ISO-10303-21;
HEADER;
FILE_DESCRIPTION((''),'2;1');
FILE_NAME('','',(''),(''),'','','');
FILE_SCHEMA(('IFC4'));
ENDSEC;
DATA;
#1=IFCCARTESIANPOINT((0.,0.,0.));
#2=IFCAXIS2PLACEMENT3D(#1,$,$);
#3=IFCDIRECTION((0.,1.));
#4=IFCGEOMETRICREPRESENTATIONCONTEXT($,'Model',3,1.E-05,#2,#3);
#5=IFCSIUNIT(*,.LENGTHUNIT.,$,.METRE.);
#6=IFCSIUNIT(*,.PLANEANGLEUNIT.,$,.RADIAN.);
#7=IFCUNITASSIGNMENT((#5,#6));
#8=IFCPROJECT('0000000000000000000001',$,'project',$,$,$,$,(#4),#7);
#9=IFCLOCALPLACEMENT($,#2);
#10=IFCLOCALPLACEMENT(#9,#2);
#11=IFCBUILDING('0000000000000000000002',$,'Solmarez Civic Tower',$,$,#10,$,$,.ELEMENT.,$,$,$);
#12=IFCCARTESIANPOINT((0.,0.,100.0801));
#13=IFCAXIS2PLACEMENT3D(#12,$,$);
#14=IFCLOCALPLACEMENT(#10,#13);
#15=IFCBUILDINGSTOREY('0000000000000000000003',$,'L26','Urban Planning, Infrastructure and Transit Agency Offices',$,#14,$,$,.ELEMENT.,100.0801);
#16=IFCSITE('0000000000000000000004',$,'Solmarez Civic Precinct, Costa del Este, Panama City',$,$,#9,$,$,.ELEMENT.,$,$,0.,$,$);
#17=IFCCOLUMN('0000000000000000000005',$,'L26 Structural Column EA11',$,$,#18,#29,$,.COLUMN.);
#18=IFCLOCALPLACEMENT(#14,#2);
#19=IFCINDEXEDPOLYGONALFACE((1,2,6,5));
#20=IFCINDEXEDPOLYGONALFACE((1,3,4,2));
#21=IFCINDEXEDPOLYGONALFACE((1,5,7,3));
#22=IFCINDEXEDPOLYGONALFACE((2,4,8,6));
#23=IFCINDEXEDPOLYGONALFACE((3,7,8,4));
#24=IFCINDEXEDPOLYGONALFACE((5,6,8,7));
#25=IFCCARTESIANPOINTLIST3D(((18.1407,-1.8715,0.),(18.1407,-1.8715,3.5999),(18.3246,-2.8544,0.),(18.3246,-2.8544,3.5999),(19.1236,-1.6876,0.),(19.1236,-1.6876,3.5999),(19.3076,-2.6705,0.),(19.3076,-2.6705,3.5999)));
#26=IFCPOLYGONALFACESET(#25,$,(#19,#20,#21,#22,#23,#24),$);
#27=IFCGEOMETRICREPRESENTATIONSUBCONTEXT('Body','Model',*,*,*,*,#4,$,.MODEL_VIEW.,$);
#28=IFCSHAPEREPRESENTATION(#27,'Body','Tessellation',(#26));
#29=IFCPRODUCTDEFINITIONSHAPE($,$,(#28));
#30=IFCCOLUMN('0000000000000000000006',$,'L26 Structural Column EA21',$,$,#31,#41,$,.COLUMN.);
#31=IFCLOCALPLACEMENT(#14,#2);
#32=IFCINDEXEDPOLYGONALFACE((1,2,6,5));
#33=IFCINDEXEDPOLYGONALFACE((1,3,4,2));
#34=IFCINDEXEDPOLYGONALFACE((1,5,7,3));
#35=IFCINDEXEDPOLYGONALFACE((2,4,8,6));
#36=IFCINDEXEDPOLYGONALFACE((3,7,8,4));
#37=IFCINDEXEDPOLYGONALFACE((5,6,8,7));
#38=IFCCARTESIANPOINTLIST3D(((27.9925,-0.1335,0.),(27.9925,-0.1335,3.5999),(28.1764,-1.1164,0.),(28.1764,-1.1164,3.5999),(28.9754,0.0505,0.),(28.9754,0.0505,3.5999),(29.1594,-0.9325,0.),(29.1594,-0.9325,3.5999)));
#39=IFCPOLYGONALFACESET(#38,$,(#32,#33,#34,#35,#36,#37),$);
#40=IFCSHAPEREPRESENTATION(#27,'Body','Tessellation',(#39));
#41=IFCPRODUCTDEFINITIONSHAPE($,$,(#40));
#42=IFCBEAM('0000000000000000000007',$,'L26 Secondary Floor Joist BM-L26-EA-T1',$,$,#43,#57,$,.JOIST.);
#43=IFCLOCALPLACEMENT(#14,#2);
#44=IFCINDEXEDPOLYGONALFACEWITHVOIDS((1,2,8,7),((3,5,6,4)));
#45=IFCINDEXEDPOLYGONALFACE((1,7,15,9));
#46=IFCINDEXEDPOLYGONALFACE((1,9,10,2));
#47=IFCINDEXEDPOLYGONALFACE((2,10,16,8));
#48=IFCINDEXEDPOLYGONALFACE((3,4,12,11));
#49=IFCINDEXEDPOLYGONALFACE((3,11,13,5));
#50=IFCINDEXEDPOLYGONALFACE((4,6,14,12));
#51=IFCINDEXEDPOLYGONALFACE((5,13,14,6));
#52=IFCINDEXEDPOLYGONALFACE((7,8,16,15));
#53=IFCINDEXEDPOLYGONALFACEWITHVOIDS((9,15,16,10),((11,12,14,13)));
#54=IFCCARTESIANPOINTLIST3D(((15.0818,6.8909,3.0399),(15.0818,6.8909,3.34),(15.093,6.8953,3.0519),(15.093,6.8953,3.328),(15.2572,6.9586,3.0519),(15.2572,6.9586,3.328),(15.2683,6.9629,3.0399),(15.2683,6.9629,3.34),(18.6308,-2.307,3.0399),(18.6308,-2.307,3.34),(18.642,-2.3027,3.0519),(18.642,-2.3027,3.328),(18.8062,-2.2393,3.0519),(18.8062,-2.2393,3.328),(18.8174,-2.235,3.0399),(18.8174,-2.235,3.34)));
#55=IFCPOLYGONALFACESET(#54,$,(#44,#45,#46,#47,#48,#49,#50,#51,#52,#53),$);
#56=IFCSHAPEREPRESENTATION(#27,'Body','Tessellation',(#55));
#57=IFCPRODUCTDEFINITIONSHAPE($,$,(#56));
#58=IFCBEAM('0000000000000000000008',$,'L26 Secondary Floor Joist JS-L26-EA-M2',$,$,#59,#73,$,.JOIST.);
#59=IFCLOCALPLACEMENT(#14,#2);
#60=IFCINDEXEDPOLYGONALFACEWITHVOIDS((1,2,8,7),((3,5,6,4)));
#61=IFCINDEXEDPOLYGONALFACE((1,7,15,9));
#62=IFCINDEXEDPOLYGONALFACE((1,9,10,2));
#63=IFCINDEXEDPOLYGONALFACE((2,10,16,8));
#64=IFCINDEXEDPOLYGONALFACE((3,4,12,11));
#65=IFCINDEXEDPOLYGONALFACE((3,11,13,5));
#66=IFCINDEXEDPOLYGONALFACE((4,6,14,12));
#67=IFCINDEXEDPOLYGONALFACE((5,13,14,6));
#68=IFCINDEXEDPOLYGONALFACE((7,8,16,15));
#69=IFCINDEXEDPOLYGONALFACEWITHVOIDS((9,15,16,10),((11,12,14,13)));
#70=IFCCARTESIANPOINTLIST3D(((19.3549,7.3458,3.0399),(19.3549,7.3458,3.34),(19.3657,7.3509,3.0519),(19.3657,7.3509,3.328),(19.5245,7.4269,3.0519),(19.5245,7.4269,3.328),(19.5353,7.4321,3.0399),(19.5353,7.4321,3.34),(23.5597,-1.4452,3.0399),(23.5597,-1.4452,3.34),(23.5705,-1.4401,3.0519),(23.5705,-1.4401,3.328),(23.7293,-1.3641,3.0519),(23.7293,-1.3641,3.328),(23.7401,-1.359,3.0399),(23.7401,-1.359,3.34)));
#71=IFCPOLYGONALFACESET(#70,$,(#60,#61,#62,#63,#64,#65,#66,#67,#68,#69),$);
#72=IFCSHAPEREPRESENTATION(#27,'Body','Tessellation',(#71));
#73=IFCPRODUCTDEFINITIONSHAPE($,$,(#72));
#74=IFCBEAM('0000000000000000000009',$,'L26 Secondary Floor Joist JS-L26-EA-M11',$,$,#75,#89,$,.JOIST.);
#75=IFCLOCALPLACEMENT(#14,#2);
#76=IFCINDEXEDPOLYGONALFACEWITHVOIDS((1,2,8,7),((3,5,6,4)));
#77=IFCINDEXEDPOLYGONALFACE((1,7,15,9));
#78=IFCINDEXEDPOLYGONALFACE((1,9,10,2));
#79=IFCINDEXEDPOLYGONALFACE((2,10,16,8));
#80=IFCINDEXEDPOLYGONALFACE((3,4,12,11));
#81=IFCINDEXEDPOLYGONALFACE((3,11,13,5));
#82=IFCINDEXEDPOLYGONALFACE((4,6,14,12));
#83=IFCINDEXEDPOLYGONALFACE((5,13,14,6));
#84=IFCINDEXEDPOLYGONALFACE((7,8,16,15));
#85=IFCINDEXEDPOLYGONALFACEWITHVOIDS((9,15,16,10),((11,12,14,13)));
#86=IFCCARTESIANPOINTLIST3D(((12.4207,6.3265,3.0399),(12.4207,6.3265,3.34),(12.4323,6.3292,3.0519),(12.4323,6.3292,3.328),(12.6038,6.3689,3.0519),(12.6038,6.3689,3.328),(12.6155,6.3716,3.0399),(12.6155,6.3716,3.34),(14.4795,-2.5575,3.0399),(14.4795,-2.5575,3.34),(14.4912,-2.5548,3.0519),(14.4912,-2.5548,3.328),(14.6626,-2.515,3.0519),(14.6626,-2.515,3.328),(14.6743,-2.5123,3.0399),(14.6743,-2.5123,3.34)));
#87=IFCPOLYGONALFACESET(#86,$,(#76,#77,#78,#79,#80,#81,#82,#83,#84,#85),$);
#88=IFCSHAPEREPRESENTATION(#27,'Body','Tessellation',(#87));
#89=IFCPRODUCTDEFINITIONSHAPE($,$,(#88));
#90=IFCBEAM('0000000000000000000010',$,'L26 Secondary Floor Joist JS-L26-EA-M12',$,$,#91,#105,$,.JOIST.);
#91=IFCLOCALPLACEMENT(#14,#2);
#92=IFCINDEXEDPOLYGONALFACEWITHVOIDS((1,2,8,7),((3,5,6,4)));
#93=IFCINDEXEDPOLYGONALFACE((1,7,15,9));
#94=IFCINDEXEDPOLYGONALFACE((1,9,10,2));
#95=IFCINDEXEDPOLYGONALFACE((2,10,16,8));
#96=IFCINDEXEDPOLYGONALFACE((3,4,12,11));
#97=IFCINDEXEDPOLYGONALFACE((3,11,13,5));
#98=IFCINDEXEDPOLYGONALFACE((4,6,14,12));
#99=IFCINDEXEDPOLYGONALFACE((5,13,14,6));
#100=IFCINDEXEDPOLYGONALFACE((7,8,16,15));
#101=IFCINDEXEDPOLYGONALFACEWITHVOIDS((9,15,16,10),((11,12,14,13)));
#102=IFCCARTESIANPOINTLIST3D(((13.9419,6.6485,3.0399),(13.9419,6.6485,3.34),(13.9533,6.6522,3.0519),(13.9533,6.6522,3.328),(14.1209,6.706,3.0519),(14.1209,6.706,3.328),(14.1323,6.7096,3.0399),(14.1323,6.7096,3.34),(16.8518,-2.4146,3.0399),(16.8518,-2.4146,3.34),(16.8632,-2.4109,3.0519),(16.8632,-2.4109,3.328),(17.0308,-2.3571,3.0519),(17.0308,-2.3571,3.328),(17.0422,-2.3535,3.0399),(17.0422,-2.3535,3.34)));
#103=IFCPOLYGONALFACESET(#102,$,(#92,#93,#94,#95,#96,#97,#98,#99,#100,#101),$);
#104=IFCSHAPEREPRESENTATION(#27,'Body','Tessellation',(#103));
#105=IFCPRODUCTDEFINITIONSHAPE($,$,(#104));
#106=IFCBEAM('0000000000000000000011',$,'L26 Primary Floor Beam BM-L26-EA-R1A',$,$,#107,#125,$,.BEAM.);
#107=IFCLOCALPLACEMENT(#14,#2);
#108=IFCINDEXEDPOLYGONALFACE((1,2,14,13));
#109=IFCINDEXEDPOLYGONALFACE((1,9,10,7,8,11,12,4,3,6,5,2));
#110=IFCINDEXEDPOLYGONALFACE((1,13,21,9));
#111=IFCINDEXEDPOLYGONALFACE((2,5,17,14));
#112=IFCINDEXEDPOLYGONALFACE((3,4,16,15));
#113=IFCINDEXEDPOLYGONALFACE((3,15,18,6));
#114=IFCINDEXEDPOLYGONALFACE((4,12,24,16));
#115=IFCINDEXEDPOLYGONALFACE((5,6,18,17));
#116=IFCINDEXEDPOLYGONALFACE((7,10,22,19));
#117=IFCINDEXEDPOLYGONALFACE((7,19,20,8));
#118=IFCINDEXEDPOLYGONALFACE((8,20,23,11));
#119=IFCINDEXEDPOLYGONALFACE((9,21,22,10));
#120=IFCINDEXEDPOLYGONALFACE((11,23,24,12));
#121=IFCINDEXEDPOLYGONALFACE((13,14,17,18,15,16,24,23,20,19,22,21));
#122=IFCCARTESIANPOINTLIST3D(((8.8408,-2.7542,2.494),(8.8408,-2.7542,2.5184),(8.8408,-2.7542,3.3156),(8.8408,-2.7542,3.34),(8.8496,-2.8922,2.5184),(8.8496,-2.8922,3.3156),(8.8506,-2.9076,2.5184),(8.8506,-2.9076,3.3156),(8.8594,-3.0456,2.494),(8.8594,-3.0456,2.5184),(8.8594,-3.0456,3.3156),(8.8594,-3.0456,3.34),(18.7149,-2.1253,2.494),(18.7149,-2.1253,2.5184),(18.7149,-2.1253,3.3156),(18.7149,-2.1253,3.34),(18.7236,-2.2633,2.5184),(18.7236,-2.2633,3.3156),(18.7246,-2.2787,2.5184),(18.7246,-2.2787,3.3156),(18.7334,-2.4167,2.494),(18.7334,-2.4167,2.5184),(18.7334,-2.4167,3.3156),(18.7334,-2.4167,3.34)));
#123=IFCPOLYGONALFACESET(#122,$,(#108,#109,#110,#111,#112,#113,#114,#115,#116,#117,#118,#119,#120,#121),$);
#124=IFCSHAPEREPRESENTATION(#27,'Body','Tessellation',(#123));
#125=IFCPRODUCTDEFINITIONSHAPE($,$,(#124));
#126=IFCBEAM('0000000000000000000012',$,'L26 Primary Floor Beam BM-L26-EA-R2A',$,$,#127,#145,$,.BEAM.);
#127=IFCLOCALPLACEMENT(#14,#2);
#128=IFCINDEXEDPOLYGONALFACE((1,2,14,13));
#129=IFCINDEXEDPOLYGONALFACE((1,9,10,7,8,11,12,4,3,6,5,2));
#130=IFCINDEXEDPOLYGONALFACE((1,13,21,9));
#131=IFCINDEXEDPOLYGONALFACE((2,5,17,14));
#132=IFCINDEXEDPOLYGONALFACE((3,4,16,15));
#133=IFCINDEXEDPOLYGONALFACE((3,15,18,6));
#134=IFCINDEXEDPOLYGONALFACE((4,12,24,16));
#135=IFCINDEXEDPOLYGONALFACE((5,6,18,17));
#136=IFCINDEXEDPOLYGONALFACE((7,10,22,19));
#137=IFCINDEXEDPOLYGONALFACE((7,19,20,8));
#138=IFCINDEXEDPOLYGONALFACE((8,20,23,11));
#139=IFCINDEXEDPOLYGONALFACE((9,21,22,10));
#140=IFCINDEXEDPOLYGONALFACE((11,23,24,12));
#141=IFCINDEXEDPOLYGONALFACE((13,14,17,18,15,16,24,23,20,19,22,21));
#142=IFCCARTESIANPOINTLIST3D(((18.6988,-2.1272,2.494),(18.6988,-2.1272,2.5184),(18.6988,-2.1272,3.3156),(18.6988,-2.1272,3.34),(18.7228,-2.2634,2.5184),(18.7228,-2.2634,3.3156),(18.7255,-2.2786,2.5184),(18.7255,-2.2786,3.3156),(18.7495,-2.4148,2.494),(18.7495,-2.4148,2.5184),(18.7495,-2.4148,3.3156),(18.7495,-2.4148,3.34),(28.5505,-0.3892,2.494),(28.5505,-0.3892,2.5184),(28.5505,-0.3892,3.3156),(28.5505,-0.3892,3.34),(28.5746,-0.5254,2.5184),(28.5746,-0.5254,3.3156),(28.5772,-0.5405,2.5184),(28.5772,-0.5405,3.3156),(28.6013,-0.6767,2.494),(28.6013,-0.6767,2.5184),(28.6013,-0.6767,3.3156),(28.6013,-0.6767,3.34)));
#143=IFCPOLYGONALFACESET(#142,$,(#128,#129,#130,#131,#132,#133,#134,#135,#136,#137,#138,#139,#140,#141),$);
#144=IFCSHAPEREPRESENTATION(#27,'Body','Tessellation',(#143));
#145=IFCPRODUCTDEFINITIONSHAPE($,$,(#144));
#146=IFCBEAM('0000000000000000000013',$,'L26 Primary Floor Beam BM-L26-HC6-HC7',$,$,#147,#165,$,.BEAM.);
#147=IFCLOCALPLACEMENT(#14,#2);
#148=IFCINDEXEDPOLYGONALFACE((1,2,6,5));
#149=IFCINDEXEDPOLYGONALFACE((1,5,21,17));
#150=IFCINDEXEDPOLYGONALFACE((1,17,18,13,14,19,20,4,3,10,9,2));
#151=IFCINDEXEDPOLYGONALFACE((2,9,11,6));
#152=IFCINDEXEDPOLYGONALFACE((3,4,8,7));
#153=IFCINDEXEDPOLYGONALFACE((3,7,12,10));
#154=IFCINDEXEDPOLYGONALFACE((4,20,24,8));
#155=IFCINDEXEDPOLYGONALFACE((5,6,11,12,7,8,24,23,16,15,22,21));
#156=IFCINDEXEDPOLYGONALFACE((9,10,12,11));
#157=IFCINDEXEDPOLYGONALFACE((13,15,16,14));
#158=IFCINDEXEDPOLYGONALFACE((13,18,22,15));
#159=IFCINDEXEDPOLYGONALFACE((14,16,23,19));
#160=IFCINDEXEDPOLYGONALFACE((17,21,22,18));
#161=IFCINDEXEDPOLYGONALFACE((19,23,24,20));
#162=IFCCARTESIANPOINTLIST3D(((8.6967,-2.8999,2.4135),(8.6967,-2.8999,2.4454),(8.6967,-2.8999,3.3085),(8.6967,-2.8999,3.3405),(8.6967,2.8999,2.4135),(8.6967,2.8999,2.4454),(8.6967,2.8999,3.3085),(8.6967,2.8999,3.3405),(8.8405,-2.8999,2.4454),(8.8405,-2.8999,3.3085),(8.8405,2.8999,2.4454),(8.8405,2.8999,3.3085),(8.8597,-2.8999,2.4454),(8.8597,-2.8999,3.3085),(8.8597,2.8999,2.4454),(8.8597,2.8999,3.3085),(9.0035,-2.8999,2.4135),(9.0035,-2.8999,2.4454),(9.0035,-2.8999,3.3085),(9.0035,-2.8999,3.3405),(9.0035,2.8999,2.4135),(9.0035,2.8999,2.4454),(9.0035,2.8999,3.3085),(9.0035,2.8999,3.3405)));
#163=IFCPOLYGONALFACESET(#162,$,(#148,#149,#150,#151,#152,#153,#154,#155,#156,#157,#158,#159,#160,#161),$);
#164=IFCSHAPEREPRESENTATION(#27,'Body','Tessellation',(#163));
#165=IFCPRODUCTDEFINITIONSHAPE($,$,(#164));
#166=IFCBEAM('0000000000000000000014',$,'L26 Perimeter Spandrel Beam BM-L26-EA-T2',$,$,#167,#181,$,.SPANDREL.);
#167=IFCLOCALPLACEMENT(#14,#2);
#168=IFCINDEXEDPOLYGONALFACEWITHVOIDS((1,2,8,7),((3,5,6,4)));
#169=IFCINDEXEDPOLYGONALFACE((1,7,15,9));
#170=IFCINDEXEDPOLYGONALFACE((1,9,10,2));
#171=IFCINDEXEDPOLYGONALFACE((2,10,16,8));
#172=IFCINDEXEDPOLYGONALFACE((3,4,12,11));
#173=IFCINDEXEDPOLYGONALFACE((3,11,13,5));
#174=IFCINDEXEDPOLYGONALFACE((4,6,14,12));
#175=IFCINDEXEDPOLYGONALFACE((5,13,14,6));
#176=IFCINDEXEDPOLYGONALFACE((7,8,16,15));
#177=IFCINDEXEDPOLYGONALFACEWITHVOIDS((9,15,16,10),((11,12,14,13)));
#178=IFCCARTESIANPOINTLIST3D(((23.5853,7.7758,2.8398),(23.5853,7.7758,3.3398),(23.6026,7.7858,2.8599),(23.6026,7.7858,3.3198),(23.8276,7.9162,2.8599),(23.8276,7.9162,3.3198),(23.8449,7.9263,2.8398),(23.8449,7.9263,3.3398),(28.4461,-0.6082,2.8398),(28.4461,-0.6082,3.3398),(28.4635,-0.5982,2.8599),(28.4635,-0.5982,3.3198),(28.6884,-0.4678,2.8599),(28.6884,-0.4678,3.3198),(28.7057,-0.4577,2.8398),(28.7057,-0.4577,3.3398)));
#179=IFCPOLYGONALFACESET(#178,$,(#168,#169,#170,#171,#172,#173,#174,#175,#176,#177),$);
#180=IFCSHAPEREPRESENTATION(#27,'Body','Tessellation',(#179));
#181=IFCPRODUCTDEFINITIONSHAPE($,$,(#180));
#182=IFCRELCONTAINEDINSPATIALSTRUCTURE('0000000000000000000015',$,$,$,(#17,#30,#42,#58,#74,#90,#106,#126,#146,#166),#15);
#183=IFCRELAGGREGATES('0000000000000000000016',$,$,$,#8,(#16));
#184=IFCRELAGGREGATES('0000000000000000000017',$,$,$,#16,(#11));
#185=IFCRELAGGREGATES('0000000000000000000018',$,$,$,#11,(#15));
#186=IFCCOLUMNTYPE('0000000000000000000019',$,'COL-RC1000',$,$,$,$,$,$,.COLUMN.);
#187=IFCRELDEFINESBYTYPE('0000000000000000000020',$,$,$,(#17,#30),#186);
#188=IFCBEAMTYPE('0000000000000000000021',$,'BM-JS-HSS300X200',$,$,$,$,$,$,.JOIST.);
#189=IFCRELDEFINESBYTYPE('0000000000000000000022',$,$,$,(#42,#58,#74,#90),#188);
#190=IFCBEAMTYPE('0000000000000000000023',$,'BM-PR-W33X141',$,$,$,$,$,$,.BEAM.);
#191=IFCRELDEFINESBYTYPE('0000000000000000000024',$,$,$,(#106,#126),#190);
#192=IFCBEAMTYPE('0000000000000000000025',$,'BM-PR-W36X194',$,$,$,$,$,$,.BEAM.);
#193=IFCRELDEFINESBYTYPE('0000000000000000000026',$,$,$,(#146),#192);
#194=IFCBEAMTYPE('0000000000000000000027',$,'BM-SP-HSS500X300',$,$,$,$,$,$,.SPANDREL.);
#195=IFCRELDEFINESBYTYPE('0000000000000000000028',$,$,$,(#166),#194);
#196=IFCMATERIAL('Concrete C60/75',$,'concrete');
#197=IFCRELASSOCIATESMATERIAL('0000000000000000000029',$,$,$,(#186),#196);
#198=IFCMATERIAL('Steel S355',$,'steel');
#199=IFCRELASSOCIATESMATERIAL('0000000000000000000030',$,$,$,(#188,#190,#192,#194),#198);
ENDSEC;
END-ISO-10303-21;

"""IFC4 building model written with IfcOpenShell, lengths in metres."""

from ifc_helpers import new_model, si_unit, direction, frame, origin, origin_2d, place, context, subcontext, project, spatial, rectangle, hollow_rectangle, i_section, extrude, material, material_profile, profile_set, type_object, element, save


model = new_model("IFC4")

# Units and contexts
model_context = context("Model", 3, precision=1e-05, world=origin(), true_north=direction((0.0, 1.0)))
body_context = subcontext(model_context, "Body", "Model", "MODEL_VIEW")
ifc_project = project(units=[si_unit("LENGTHUNIT", "METRE"), si_unit("PLANEANGLEUNIT", "RADIAN")], contexts=[model_context])

# Site, building, storey
site_placement = place(None, origin())
site = spatial("IfcSite", under=ifc_project, at=site_placement, Name="Solmarez Civic Precinct, Costa del Este, Panama City", CompositionType="ELEMENT", RefElevation=0.0)
building_placement = place(site_placement, origin())
building = spatial("IfcBuilding", under=site, at=building_placement, Name="Solmarez Civic Tower", CompositionType="ELEMENT")
storey_placement = place(building_placement, frame((0.0, 0.0, 100.0801)))
storey = spatial("IfcBuildingStorey", under=building, at=storey_placement, Name="L26", Description="Urban Planning, Infrastructure and Transit Agency Offices", CompositionType="ELEMENT", Elevation=100.0801)

# Columns
ifc_material_1 = material(Name="Concrete C60/75", Category="concrete")
ifc_material_profile_1 = material_profile(ifc_material_1, rectangle(XDim=1.0, YDim=1.0, at=origin_2d()), Name="RC1000X1000")
ifc_profile_set_1 = profile_set([ifc_material_profile_1], Name="Concrete C60/75")
column_type = type_object("IfcColumnType", Name="COL-RC1000", PredefinedType="COLUMN", material=ifc_profile_set_1)
for number, where, z_axis, x_axis, name in (
    (1, (18.7241, -2.271, 0.0), (0.0, 0.0, 1.0), (0.982935, 0.183951, 0.0), "L26 Structural Column EA11"),
    (2, (28.5759, -0.533, 0.0), (0.0, 0.0, 1.0), (0.982935, 0.183951, 0.0), "L26 Structural Column EA21"),
):
    element("IfcColumn", number, at=place(storey_placement, frame(where, z_axis=z_axis, x_axis=x_axis)), inside=storey, type_object=column_type, Name=name, PredefinedType="COLUMN", context=body_context, shape_type="SweptSolid", body=[
        extrude(rectangle(XDim=1.0, YDim=1.0, at=origin_2d()), origin(), (0.0, 0.0, 1.0), 3.5999),
    ])

# Beams
ifc_material_2 = material(Name="Steel S355", Category="steel")
ifc_material_profile_2 = material_profile(ifc_material_2, hollow_rectangle(XDim=0.2, YDim=0.3, WallThickness=0.012, at=origin_2d()), Name="HSS300X200X12")
ifc_profile_set_2 = profile_set([ifc_material_profile_2], Name="Steel S355")
beam_type_1 = type_object("IfcBeamType", Name="BM-JS-HSS300X200", PredefinedType="JOIST", material=ifc_profile_set_2)
beam_1_placement = place(storey_placement, frame((18.7241, -2.271, 3.1899), z_axis=(-0.359984, 0.932958, 0.0), x_axis=(-0.932958, -0.359984, 0.0)))
element("IfcBeam", 3, at=beam_1_placement, inside=storey, type_object=beam_type_1, Name="L26 Secondary Floor Joist BM-L26-EA-T1", PredefinedType="JOIST", context=body_context, shape_type="SweptSolid", body=[
    extrude(hollow_rectangle(XDim=0.2, YDim=0.3, WallThickness=0.012, at=origin_2d()), origin(), (0.0, 0.0, 1.0), 9.8589),
])
beam_2_placement = place(storey_placement, frame((23.6499, -1.4021, 3.1899), z_axis=(-0.431492, 0.902117, 0.0), x_axis=(-0.902117, -0.431492, 0.0)))
element("IfcBeam", 4, at=beam_2_placement, inside=storey, type_object=beam_type_1, Name="L26 Secondary Floor Joist JS-L26-EA-M2", PredefinedType="JOIST", context=body_context, shape_type="SweptSolid", body=[
    extrude(hollow_rectangle(XDim=0.2, YDim=0.3, WallThickness=0.012, at=origin_2d()), origin(), (0.0, 0.0, 1.0), 9.7449),
])
beam_3_placement = place(storey_placement, frame((14.5769, -2.5349, 3.1899), z_axis=(-0.225763, 0.974182, 0.0), x_axis=(-0.974182, -0.225763, 0.0)))
element("IfcBeam", 5, at=beam_3_placement, inside=storey, type_object=beam_type_1, Name="L26 Secondary Floor Joist JS-L26-EA-M11", PredefinedType="JOIST", context=body_context, shape_type="SweptSolid", body=[
    extrude(hollow_rectangle(XDim=0.2, YDim=0.3, WallThickness=0.012, at=origin_2d()), origin(), (0.0, 0.0, 1.0), 9.1194),
])
beam_4_placement = place(storey_placement, frame((16.947, -2.384, 3.1899), z_axis=(-0.305705, 0.952126, 0.0), x_axis=(-0.952126, -0.305705, 0.0)))
element("IfcBeam", 6, at=beam_4_placement, inside=storey, type_object=beam_type_1, Name="L26 Secondary Floor Joist JS-L26-EA-M12", PredefinedType="JOIST", context=body_context, shape_type="SweptSolid", body=[
    extrude(hollow_rectangle(XDim=0.2, YDim=0.3, WallThickness=0.012, at=origin_2d()), origin(), (0.0, 0.0, 1.0), 9.5188),
])
ifc_material_profile_3 = material_profile(ifc_material_2, i_section(OverallWidth=0.292, OverallDepth=0.8459, WebThickness=0.0154, FlangeThickness=0.0244, at=origin_2d()), Name="W33X141")
ifc_profile_set_3 = profile_set([ifc_material_profile_3], Name="Steel S355")
beam_type_2 = type_object("IfcBeamType", Name="BM-PR-W33X141", PredefinedType="BEAM", material=ifc_profile_set_3)
beam_5_placement = place(storey_placement, frame((8.8501, -2.8999, 2.917), z_axis=(0.997978, 0.063564, 0.0), x_axis=(-0.063564, 0.997978, 0.0)))
element("IfcBeam", 7, at=beam_5_placement, inside=storey, type_object=beam_type_2, Name="L26 Primary Floor Beam BM-L26-EA-R1A", PredefinedType="BEAM", context=body_context, shape_type="SweptSolid", body=[
    extrude(i_section(OverallWidth=0.292, OverallDepth=0.8459, WebThickness=0.0154, FlangeThickness=0.0244, at=origin_2d()), origin(), (0.0, 0.0, 1.0), 9.894),
])
beam_6_placement = place(storey_placement, frame((18.7241, -2.271, 2.917), z_axis=(0.984792, 0.173735, 0.0), x_axis=(-0.173735, 0.984792, 0.0)))
element("IfcBeam", 8, at=beam_6_placement, inside=storey, type_object=beam_type_2, Name="L26 Primary Floor Beam BM-L26-EA-R2A", PredefinedType="BEAM", context=body_context, shape_type="SweptSolid", body=[
    extrude(i_section(OverallWidth=0.292, OverallDepth=0.8459, WebThickness=0.0154, FlangeThickness=0.0244, at=origin_2d()), origin(), (0.0, 0.0, 1.0), 10.0039),
])
ifc_material_profile_4 = material_profile(ifc_material_2, i_section(OverallWidth=0.3069, OverallDepth=0.927, WebThickness=0.0193, FlangeThickness=0.032, at=origin_2d()), Name="W36X194")
ifc_profile_set_4 = profile_set([ifc_material_profile_4], Name="Steel S355")
beam_type_3 = type_object("IfcBeamType", Name="BM-PR-W36X194", PredefinedType="BEAM", material=ifc_profile_set_4)
beam_7_placement = place(storey_placement, frame((8.8501, -2.8999, 2.877), z_axis=(0.0, 1.0, 0.0), x_axis=(-1.0, 0.0, 0.0)))
element("IfcBeam", 9, at=beam_7_placement, inside=storey, type_object=beam_type_3, Name="L26 Primary Floor Beam BM-L26-HC6-HC7", PredefinedType="BEAM", context=body_context, shape_type="SweptSolid", body=[
    extrude(i_section(OverallWidth=0.3069, OverallDepth=0.927, WebThickness=0.0193, FlangeThickness=0.032, at=origin_2d()), origin(), (0.0, 0.0, 1.0), 5.7998),
])
ifc_material_profile_5 = material_profile(ifc_material_2, hollow_rectangle(XDim=0.3, YDim=0.5, WallThickness=0.02, at=origin_2d()), Name="HSS500X300X20")
ifc_profile_set_5 = profile_set([ifc_material_profile_5], Name="Steel S355")
beam_type_4 = type_object("IfcBeamType", Name="BM-SP-HSS500X300", PredefinedType="SPANDREL", material=ifc_profile_set_5)
beam_8_placement = place(storey_placement, frame((28.5759, -0.533, 3.0898), z_axis=(-0.501571, 0.865116, 0.0), x_axis=(-0.865116, -0.501571, 0.0)))
element("IfcBeam", 10, at=beam_8_placement, inside=storey, type_object=beam_type_4, Name="L26 Perimeter Spandrel Beam BM-L26-EA-T2", PredefinedType="SPANDREL", context=body_context, shape_type="SweptSolid", body=[
    extrude(hollow_rectangle(XDim=0.3, YDim=0.5, WallThickness=0.02, at=origin_2d()), origin(), (0.0, 0.0, 1.0), 9.6912),
])

save(model, "model.ifc")
